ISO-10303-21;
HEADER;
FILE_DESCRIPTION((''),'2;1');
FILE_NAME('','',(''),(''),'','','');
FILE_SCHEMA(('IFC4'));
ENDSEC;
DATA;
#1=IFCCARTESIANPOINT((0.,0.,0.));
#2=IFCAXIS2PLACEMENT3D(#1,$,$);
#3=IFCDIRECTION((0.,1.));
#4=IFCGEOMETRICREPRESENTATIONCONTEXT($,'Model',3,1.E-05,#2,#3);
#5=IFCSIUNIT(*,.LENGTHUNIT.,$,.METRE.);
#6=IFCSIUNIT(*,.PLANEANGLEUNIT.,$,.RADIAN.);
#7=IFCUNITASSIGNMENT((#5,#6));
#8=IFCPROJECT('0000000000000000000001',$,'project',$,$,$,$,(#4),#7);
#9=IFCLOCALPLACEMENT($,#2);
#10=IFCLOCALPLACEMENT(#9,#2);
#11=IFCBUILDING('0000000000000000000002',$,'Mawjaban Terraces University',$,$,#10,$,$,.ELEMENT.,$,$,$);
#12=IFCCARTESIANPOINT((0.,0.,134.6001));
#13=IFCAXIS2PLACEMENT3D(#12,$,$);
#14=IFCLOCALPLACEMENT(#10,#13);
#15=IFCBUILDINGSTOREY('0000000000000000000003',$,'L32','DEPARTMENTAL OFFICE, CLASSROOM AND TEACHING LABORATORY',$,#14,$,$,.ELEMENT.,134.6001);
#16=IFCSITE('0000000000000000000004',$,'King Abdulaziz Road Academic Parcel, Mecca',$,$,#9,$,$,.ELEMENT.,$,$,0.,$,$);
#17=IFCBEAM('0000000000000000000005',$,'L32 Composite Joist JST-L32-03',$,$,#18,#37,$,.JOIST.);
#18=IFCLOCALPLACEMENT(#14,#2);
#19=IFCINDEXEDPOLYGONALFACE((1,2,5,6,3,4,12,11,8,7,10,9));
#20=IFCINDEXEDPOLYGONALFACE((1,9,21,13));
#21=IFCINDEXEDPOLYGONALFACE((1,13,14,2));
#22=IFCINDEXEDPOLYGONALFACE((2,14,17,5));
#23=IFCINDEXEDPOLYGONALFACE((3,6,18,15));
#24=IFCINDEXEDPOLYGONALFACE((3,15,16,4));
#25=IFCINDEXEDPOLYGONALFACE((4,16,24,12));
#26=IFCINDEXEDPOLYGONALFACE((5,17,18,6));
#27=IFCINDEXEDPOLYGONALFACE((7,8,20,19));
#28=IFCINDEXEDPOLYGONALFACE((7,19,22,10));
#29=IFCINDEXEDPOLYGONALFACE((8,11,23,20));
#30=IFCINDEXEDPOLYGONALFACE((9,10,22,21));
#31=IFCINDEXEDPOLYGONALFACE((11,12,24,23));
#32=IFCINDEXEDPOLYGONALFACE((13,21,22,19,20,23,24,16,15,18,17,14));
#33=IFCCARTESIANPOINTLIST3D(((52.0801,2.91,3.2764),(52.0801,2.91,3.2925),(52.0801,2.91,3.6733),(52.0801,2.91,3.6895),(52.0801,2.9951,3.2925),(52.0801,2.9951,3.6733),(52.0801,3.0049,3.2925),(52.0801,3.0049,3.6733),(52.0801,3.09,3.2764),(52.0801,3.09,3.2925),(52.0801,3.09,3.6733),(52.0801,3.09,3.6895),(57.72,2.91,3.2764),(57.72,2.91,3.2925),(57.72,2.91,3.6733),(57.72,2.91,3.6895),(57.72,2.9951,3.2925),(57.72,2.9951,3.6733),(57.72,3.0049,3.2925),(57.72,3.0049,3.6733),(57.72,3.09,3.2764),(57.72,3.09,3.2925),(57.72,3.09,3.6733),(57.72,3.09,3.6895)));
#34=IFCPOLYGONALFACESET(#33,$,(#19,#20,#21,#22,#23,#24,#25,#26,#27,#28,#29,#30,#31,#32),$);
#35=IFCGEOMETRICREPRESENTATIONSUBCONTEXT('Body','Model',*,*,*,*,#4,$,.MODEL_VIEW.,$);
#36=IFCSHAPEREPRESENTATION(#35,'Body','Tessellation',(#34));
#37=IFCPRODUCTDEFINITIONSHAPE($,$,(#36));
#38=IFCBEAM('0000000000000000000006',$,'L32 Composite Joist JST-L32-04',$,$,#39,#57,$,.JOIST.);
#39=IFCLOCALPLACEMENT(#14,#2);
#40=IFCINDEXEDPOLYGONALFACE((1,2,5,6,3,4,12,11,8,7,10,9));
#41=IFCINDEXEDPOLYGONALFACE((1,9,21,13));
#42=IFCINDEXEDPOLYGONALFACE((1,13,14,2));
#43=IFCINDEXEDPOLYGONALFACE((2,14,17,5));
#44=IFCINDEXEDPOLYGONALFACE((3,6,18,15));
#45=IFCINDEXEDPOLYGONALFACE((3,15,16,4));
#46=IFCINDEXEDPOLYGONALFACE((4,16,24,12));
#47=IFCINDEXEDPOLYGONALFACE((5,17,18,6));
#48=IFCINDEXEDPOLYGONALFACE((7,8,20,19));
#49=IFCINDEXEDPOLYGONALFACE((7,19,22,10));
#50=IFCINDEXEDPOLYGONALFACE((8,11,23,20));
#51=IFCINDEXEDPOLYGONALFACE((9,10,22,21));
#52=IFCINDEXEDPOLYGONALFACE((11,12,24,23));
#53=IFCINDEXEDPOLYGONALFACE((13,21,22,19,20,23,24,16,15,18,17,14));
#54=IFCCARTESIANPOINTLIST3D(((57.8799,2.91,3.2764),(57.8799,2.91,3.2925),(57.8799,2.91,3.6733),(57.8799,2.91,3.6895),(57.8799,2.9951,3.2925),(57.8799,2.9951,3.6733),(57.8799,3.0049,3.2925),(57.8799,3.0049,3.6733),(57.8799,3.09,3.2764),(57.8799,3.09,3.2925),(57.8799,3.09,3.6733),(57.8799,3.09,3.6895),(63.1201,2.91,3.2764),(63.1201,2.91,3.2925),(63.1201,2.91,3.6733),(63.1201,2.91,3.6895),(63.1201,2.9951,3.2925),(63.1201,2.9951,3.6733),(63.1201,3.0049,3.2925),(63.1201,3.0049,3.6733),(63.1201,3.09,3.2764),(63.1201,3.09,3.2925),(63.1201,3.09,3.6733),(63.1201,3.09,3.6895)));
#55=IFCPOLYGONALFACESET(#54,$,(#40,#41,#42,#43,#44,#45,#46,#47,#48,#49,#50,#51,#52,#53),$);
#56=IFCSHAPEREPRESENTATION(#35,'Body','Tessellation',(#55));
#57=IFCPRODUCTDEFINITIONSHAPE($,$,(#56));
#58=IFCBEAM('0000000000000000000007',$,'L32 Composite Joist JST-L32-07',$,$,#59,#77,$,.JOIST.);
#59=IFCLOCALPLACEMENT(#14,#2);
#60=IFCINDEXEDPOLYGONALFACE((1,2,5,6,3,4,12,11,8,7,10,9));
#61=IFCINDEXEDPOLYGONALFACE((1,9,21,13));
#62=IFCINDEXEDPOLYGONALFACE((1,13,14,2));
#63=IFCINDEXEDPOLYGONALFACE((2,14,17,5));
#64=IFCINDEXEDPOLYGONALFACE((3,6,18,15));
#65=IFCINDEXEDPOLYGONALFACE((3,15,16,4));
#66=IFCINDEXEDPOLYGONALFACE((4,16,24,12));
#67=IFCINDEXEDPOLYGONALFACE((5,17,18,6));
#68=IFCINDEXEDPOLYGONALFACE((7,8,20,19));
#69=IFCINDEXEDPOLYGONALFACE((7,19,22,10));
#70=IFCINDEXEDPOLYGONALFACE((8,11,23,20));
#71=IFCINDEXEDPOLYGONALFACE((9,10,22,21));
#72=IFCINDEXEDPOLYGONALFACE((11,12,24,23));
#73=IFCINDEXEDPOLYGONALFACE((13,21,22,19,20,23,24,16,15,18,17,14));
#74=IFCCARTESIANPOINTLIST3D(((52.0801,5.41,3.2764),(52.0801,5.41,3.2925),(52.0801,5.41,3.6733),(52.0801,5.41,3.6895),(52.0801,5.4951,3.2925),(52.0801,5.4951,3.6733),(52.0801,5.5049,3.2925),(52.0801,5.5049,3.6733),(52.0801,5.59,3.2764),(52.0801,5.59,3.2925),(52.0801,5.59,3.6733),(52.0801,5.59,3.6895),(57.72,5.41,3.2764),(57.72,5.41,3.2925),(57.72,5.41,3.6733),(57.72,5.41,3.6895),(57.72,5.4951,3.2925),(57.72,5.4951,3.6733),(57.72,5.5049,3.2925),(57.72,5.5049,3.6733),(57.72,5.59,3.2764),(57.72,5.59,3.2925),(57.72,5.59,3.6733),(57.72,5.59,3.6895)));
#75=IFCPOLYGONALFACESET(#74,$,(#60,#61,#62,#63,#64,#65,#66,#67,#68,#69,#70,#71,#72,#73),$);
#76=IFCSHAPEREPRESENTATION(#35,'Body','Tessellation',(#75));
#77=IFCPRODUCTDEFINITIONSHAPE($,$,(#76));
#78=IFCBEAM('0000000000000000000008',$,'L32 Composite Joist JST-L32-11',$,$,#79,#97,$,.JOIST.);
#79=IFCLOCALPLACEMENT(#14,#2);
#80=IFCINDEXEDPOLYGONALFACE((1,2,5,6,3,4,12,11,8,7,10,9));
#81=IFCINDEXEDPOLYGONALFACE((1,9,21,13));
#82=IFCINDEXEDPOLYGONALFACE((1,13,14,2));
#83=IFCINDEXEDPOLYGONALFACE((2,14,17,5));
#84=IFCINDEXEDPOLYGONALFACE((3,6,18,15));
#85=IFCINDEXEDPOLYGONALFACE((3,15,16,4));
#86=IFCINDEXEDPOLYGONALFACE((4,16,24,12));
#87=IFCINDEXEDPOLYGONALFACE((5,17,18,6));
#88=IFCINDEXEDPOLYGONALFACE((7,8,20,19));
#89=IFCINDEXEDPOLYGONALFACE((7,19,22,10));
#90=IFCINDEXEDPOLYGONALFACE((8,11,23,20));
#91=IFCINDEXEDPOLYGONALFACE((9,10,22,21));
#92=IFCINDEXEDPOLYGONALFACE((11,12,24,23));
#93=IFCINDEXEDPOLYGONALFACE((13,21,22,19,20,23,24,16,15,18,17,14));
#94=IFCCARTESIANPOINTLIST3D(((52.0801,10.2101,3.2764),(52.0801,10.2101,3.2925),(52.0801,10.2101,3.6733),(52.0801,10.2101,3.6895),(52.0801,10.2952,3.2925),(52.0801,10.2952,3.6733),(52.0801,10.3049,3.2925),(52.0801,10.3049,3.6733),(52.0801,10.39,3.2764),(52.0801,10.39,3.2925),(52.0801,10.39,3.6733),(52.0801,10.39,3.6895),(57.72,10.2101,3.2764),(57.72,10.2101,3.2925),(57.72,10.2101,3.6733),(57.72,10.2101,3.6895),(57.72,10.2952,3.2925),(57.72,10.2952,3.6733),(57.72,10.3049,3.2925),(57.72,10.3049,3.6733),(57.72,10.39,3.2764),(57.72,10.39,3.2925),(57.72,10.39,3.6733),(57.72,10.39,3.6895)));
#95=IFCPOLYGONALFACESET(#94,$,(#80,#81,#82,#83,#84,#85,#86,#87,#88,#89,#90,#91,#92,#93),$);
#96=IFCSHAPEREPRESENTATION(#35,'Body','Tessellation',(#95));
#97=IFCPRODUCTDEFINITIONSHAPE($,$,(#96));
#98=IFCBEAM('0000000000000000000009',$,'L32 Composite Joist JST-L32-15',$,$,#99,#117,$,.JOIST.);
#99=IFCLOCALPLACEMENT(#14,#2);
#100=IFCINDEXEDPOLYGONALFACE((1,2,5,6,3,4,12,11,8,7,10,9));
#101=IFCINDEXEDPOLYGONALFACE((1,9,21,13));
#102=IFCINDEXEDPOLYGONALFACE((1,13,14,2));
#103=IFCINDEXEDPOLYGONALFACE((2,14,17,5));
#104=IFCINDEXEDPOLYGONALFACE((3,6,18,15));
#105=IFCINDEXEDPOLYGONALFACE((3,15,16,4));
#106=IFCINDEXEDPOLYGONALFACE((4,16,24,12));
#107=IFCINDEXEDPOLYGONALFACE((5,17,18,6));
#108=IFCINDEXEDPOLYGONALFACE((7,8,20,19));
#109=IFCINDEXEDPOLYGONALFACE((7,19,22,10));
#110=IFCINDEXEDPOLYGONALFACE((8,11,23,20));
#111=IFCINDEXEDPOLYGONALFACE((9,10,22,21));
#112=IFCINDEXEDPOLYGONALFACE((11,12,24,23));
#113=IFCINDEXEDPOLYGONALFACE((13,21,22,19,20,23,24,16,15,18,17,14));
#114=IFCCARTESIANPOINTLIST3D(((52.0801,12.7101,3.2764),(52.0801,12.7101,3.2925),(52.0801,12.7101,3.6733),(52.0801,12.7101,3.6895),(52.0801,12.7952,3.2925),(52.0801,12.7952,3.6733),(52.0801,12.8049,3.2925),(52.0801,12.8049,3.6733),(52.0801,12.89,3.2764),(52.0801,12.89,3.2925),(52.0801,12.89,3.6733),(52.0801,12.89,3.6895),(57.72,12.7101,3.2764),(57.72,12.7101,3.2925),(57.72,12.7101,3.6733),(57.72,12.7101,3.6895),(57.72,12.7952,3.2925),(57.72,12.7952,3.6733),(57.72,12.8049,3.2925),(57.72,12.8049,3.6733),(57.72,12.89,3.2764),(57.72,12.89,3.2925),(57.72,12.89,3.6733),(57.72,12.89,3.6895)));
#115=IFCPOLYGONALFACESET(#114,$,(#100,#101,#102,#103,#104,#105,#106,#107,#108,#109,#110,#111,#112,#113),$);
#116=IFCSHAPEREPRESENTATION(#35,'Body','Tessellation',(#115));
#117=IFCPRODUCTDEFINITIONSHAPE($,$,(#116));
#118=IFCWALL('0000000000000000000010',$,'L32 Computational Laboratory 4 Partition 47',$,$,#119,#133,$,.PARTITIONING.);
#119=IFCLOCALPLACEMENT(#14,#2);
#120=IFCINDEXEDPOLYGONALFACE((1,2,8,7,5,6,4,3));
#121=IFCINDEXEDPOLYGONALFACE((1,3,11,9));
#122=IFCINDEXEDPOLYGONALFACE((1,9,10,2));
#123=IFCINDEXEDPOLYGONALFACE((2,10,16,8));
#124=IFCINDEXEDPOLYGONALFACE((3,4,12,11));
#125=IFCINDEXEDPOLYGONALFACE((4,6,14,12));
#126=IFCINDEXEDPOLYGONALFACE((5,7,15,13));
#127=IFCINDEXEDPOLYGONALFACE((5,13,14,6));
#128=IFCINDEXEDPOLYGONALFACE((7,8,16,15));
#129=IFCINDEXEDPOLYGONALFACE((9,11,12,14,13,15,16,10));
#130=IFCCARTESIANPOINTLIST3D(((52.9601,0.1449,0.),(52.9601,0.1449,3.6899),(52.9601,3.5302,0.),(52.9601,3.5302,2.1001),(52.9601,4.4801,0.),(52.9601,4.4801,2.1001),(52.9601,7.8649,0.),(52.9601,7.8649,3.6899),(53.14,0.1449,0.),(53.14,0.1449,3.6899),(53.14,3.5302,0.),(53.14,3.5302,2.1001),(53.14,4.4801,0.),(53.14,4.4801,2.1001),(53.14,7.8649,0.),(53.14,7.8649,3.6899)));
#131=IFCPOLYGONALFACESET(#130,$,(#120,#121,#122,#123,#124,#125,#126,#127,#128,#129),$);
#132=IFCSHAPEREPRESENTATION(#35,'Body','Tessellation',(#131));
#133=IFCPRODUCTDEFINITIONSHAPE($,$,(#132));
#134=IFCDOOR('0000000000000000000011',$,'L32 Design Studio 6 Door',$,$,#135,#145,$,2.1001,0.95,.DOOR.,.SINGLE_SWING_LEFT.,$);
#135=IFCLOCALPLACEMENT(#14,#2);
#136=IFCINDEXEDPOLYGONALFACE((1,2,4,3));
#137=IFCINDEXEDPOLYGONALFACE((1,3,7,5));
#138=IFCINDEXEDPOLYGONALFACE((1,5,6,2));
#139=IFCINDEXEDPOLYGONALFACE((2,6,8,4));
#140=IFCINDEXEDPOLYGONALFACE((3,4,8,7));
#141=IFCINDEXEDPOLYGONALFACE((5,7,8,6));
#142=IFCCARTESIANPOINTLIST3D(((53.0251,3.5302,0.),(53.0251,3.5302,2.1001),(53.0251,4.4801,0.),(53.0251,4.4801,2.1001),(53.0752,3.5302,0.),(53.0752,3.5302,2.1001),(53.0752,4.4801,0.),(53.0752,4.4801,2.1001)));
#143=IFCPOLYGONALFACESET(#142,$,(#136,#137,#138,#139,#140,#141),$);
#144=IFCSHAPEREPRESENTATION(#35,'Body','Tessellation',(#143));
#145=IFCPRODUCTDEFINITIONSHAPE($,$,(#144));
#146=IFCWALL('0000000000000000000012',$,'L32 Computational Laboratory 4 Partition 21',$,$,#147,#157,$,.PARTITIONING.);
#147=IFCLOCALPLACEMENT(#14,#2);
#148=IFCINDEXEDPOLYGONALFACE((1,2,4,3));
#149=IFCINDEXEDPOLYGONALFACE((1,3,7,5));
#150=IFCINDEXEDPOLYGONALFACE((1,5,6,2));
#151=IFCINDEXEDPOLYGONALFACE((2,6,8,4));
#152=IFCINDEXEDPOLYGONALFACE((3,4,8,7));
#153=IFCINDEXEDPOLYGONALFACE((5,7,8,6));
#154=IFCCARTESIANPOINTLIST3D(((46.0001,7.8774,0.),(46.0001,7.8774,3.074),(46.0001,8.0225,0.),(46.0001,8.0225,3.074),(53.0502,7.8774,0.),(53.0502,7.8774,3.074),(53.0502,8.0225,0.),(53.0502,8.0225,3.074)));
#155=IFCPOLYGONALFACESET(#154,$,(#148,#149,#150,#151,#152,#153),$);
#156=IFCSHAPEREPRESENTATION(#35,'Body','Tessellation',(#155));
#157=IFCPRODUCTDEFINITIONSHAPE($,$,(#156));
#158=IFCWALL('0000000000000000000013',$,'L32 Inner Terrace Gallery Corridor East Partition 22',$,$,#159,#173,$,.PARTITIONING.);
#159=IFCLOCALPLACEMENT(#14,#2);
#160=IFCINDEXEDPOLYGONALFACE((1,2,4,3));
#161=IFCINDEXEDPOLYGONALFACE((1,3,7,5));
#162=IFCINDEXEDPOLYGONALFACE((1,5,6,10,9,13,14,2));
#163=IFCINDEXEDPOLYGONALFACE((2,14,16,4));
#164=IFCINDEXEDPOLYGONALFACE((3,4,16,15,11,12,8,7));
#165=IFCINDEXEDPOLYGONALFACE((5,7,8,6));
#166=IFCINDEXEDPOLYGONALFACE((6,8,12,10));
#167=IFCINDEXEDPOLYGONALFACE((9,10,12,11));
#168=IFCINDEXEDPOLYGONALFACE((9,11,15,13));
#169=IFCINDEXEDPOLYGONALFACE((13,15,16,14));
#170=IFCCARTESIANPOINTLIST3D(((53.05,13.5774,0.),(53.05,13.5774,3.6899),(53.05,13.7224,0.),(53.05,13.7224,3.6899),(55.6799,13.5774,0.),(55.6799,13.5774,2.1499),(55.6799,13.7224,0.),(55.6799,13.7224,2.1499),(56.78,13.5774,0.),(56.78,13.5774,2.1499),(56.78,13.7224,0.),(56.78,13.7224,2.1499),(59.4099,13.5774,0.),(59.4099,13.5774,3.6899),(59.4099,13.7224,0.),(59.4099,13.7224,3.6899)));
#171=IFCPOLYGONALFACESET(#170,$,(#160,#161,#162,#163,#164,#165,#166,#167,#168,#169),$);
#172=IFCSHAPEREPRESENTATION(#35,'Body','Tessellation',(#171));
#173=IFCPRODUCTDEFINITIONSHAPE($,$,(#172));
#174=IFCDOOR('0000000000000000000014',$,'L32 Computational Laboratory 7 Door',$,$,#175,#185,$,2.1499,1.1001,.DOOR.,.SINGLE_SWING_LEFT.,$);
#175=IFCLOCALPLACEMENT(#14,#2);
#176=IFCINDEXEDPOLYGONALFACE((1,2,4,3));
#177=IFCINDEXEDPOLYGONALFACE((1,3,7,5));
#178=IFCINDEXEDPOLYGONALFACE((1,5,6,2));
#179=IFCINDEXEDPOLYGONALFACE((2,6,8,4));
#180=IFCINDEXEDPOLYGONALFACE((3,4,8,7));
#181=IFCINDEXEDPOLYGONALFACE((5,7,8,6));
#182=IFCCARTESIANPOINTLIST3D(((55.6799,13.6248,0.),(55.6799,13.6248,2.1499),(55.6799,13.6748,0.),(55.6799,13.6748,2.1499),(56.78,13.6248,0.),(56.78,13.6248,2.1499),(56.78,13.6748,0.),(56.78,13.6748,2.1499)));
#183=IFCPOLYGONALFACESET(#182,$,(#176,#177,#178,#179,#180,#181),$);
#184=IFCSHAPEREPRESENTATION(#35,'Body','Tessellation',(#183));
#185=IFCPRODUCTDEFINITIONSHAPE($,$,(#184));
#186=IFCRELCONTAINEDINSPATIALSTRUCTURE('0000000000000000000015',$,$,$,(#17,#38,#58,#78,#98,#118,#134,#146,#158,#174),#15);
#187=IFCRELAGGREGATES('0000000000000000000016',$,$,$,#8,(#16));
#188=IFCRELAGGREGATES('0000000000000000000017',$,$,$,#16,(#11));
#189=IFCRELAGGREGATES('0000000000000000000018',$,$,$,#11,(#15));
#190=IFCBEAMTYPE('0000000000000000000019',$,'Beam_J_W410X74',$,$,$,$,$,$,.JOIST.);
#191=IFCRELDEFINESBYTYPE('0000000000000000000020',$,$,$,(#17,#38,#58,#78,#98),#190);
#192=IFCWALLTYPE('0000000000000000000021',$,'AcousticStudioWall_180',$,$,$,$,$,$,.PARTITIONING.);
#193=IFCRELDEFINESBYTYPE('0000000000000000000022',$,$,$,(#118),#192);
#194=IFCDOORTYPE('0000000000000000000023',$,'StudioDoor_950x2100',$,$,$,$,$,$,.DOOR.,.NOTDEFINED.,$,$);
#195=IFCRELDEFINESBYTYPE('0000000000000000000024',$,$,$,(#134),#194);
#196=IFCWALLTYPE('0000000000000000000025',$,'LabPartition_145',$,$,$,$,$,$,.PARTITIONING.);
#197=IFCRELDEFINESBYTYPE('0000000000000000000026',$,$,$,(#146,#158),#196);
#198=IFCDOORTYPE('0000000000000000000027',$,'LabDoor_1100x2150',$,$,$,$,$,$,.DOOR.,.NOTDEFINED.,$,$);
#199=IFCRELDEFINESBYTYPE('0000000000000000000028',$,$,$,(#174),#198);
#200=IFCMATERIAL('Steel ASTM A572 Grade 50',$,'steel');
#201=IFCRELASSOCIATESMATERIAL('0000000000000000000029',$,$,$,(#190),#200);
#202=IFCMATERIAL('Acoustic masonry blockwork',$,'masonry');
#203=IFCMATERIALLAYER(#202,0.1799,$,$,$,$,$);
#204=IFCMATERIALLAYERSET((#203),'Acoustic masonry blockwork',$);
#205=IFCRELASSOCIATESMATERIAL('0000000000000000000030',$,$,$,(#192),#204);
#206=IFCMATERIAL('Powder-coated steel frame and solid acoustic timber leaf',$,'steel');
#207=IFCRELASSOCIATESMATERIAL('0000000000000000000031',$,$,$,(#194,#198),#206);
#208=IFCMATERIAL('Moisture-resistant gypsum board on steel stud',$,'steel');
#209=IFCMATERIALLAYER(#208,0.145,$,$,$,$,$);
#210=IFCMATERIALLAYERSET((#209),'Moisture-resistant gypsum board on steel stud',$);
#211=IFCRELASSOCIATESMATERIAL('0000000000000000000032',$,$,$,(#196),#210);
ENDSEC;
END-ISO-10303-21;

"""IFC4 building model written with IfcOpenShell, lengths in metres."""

from ifc_helpers import new_model, si_unit, direction, frame, frame_2d, origin, origin_2d, place, context, subcontext, project, spatial, rectangle, i_section, extrude, material, layer, layer_set, material_profile, profile_set, type_object, element, fill, save


model = new_model("IFC4")

# Units and contexts
model_context = context("Model", 3, precision=1e-05, world=origin(), true_north=direction((0.0, 1.0)))
body_context = subcontext(model_context, "Body", "Model", "MODEL_VIEW")
ifc_project = project(units=[si_unit("LENGTHUNIT", "METRE"), si_unit("PLANEANGLEUNIT", "RADIAN")], contexts=[model_context])

# Site, building, storey
site_placement = place(None, origin())
site = spatial("IfcSite", under=ifc_project, at=site_placement, Name="King Abdulaziz Road Academic Parcel, Mecca", CompositionType="ELEMENT", RefElevation=0.0)
building_placement = place(site_placement, origin())
building = spatial("IfcBuilding", under=site, at=building_placement, Name="Mawjaban Terraces University", CompositionType="ELEMENT")
storey_placement = place(building_placement, frame((0.0, 0.0, 134.6001)))
storey = spatial("IfcBuildingStorey", under=building, at=storey_placement, Name="L32", Description="DEPARTMENTAL OFFICE, CLASSROOM AND TEACHING LABORATORY", CompositionType="ELEMENT", Elevation=134.6001)

# Beams
ifc_material_1 = material(Name="Steel ASTM A572 Grade 50", Category="steel")
ifc_material_profile_1 = material_profile(ifc_material_1, i_section(OverallWidth=0.1799, OverallDepth=0.4131, WebThickness=0.0098, FlangeThickness=0.0161, at=origin_2d()), Name="W410X74")
ifc_profile_set_1 = profile_set([ifc_material_profile_1], Name="Steel ASTM A572 Grade 50")
beam_type_1 = type_object("IfcBeamType", Name="Beam_J_W410X74", PredefinedType="JOIST", material=ifc_profile_set_1)
beam_1_placement = place(storey_placement, frame((52.0801, 3.0, 3.4829), z_axis=(1.0, 0.0, 0.0), x_axis=(0.0, 1.0, 0.0)))
element("IfcBeam", 1, at=beam_1_placement, inside=storey, type_object=beam_type_1, Name="L32 Composite Joist JST-L32-03", PredefinedType="JOIST", context=body_context, shape_type="SweptSolid", body=[
    extrude(i_section(OverallWidth=0.1799, OverallDepth=0.4131, WebThickness=0.0098, FlangeThickness=0.0161, at=origin_2d()), origin(), (0.0, 0.0, 1.0), 5.6399),
])
beam_2_placement = place(storey_placement, frame((57.8799, 3.0, 3.4829), z_axis=(1.0, 0.0, 0.0), x_axis=(0.0, 1.0, 0.0)))
element("IfcBeam", 2, at=beam_2_placement, inside=storey, type_object=beam_type_1, Name="L32 Composite Joist JST-L32-04", PredefinedType="JOIST", context=body_context, shape_type="SweptSolid", body=[
    extrude(i_section(OverallWidth=0.1799, OverallDepth=0.4131, WebThickness=0.0098, FlangeThickness=0.0161, at=origin_2d()), origin(), (0.0, 0.0, 1.0), 5.2402),
])
for number, where, z_axis, x_axis, name in (
    (3, (52.0801, 5.5, 3.4829), (1.0, 0.0, 0.0), (0.0, 1.0, 0.0), "L32 Composite Joist JST-L32-07"),
    (4, (52.0801, 10.3, 3.4829), (1.0, 0.0, 0.0), (0.0, 1.0, 0.0), "L32 Composite Joist JST-L32-11"),
    (5, (52.0801, 12.8, 3.4829), (1.0, 0.0, 0.0), (0.0, 1.0, 0.0), "L32 Composite Joist JST-L32-15"),
):
    element("IfcBeam", number, at=place(storey_placement, frame(where, z_axis=z_axis, x_axis=x_axis)), inside=storey, type_object=beam_type_1, Name=name, PredefinedType="JOIST", context=body_context, shape_type="SweptSolid", body=[
        extrude(i_section(OverallWidth=0.1799, OverallDepth=0.4131, WebThickness=0.0098, FlangeThickness=0.0161, at=origin_2d()), origin(), (0.0, 0.0, 1.0), 5.6399),
    ])

# Wall, opening, door
ifc_material_2 = material(Name="Acoustic masonry blockwork", Category="masonry")
ifc_layer_1 = layer(ifc_material_2, 0.1799)
ifc_layer_set_1 = layer_set([ifc_layer_1], Name="Acoustic masonry blockwork")
wall_type_1 = type_object("IfcWallType", Name="AcousticStudioWall_180", PredefinedType="PARTITIONING", material=ifc_layer_set_1)
wall_1_placement = place(storey_placement, frame((53.05, 0.145, 0.0), z_axis=(0.0, 0.0, 1.0), x_axis=(0.0, 1.0, 0.0)))
wall_1 = element("IfcWall", 6, at=wall_1_placement, inside=storey, type_object=wall_type_1, Name="L32 Computational Laboratory 4 Partition 47", PredefinedType="PARTITIONING", context=body_context, shape_type="SweptSolid", body=[
    extrude(rectangle(XDim=7.72, YDim=0.1799, at=frame_2d((3.8599, 0.0))), origin(), (0.0, 0.0, 1.0), 3.6899),
])
opening_1_placement = place(wall_1_placement, frame((3.385, 0.0, 0.0)))
opening_1 = element("IfcOpeningElement", 7, at=opening_1_placement, cuts=wall_1, PredefinedType="OPENING", context=body_context, shape_type="SweptSolid", body=[
    extrude(rectangle(XDim=0.95, YDim=2.1001, at=frame_2d((0.4751, 1.05))), frame((0.0, 0.0999, 0.0), z_axis=(0.0, -1.0, 0.0), x_axis=(1.0, 0.0, 0.0)), (0.0, 0.0, 1.0), 0.2),
])
ifc_material_3 = material(Name="Powder-coated steel frame and solid acoustic timber leaf", Category="steel")
door_type_1 = type_object("IfcDoorType", Name="StudioDoor_950x2100", OperationType="NOTDEFINED", PredefinedType="DOOR", material=ifc_material_3)
door_1_placement = place(opening_1_placement, origin())
door_1 = element("IfcDoor", 8, at=door_1_placement, inside=storey, type_object=door_type_1, Name="L32 Design Studio 6 Door", OperationType="SINGLE_SWING_LEFT", OverallHeight=2.1001, OverallWidth=0.95, PredefinedType="DOOR", context=body_context, shape_type="SweptSolid", body=[
    extrude(rectangle(XDim=0.95, YDim=2.1001, at=frame_2d((0.4751, 1.05))), frame((0.0, 0.0249, 0.0), z_axis=(0.0, -1.0, 0.0), x_axis=(1.0, 0.0, 0.0)), (0.0, 0.0, 1.0), 0.05),
])
fill(opening_1, door_1)

# Wall
ifc_material_4 = material(Name="Moisture-resistant gypsum board on steel stud", Category="steel")
ifc_layer_2 = layer(ifc_material_4, 0.145)
ifc_layer_set_2 = layer_set([ifc_layer_2], Name="Moisture-resistant gypsum board on steel stud")
wall_type_2 = type_object("IfcWallType", Name="LabPartition_145", PredefinedType="PARTITIONING", material=ifc_layer_set_2)
wall_2_placement = place(storey_placement, frame((53.05, 7.95, 0.0), z_axis=(0.0, 0.0, 1.0), x_axis=(-1.0, 0.0, 0.0)))
element("IfcWall", 9, at=wall_2_placement, inside=storey, type_object=wall_type_2, Name="L32 Computational Laboratory 4 Partition 21", PredefinedType="PARTITIONING", context=body_context, shape_type="SweptSolid", body=[
    extrude(rectangle(XDim=7.05, YDim=0.145, at=frame_2d((3.5249, 0.0))), origin(), (0.0, 0.0, 1.0), 3.074),
])

# Wall, opening, door
wall_3_placement = place(storey_placement, frame((53.05, 13.6499, 0.0), z_axis=(0.0, 0.0, 1.0), x_axis=(1.0, 0.0, 0.0)))
wall_3 = element("IfcWall", 10, at=wall_3_placement, inside=storey, type_object=wall_type_2, Name="L32 Inner Terrace Gallery Corridor East Partition 22", PredefinedType="PARTITIONING", context=body_context, shape_type="SweptSolid", body=[
    extrude(rectangle(XDim=6.3599, YDim=0.145, at=frame_2d((3.1799, 0.0))), origin(), (0.0, 0.0, 1.0), 3.6899),
])
opening_2_placement = place(wall_3_placement, frame((2.6299, 0.0, 0.0)))
opening_2 = element("IfcOpeningElement", 11, at=opening_2_placement, cuts=wall_3, PredefinedType="OPENING", context=body_context, shape_type="SweptSolid", body=[
    extrude(rectangle(XDim=1.1001, YDim=2.1499, at=frame_2d((0.55, 1.075))), frame((0.0, 0.0825, 0.0), z_axis=(0.0, -1.0, 0.0), x_axis=(1.0, 0.0, 0.0)), (0.0, 0.0, 1.0), 0.165),
])
door_type_2 = type_object("IfcDoorType", Name="LabDoor_1100x2150", OperationType="NOTDEFINED", PredefinedType="DOOR", material=ifc_material_3)
door_2_placement = place(opening_2_placement, origin())
door_2 = element("IfcDoor", 12, at=door_2_placement, inside=storey, type_object=door_type_2, Name="L32 Computational Laboratory 7 Door", OperationType="SINGLE_SWING_LEFT", OverallHeight=2.1499, OverallWidth=1.1001, PredefinedType="DOOR", context=body_context, shape_type="SweptSolid", body=[
    extrude(rectangle(XDim=1.1001, YDim=2.1499, at=frame_2d((0.55, 1.075))), frame((0.0, 0.0249, 0.0), z_axis=(0.0, -1.0, 0.0), x_axis=(1.0, 0.0, 0.0)), (0.0, 0.0, 1.0), 0.05),
])
fill(opening_2, door_2)

save(model, "model.ifc")
